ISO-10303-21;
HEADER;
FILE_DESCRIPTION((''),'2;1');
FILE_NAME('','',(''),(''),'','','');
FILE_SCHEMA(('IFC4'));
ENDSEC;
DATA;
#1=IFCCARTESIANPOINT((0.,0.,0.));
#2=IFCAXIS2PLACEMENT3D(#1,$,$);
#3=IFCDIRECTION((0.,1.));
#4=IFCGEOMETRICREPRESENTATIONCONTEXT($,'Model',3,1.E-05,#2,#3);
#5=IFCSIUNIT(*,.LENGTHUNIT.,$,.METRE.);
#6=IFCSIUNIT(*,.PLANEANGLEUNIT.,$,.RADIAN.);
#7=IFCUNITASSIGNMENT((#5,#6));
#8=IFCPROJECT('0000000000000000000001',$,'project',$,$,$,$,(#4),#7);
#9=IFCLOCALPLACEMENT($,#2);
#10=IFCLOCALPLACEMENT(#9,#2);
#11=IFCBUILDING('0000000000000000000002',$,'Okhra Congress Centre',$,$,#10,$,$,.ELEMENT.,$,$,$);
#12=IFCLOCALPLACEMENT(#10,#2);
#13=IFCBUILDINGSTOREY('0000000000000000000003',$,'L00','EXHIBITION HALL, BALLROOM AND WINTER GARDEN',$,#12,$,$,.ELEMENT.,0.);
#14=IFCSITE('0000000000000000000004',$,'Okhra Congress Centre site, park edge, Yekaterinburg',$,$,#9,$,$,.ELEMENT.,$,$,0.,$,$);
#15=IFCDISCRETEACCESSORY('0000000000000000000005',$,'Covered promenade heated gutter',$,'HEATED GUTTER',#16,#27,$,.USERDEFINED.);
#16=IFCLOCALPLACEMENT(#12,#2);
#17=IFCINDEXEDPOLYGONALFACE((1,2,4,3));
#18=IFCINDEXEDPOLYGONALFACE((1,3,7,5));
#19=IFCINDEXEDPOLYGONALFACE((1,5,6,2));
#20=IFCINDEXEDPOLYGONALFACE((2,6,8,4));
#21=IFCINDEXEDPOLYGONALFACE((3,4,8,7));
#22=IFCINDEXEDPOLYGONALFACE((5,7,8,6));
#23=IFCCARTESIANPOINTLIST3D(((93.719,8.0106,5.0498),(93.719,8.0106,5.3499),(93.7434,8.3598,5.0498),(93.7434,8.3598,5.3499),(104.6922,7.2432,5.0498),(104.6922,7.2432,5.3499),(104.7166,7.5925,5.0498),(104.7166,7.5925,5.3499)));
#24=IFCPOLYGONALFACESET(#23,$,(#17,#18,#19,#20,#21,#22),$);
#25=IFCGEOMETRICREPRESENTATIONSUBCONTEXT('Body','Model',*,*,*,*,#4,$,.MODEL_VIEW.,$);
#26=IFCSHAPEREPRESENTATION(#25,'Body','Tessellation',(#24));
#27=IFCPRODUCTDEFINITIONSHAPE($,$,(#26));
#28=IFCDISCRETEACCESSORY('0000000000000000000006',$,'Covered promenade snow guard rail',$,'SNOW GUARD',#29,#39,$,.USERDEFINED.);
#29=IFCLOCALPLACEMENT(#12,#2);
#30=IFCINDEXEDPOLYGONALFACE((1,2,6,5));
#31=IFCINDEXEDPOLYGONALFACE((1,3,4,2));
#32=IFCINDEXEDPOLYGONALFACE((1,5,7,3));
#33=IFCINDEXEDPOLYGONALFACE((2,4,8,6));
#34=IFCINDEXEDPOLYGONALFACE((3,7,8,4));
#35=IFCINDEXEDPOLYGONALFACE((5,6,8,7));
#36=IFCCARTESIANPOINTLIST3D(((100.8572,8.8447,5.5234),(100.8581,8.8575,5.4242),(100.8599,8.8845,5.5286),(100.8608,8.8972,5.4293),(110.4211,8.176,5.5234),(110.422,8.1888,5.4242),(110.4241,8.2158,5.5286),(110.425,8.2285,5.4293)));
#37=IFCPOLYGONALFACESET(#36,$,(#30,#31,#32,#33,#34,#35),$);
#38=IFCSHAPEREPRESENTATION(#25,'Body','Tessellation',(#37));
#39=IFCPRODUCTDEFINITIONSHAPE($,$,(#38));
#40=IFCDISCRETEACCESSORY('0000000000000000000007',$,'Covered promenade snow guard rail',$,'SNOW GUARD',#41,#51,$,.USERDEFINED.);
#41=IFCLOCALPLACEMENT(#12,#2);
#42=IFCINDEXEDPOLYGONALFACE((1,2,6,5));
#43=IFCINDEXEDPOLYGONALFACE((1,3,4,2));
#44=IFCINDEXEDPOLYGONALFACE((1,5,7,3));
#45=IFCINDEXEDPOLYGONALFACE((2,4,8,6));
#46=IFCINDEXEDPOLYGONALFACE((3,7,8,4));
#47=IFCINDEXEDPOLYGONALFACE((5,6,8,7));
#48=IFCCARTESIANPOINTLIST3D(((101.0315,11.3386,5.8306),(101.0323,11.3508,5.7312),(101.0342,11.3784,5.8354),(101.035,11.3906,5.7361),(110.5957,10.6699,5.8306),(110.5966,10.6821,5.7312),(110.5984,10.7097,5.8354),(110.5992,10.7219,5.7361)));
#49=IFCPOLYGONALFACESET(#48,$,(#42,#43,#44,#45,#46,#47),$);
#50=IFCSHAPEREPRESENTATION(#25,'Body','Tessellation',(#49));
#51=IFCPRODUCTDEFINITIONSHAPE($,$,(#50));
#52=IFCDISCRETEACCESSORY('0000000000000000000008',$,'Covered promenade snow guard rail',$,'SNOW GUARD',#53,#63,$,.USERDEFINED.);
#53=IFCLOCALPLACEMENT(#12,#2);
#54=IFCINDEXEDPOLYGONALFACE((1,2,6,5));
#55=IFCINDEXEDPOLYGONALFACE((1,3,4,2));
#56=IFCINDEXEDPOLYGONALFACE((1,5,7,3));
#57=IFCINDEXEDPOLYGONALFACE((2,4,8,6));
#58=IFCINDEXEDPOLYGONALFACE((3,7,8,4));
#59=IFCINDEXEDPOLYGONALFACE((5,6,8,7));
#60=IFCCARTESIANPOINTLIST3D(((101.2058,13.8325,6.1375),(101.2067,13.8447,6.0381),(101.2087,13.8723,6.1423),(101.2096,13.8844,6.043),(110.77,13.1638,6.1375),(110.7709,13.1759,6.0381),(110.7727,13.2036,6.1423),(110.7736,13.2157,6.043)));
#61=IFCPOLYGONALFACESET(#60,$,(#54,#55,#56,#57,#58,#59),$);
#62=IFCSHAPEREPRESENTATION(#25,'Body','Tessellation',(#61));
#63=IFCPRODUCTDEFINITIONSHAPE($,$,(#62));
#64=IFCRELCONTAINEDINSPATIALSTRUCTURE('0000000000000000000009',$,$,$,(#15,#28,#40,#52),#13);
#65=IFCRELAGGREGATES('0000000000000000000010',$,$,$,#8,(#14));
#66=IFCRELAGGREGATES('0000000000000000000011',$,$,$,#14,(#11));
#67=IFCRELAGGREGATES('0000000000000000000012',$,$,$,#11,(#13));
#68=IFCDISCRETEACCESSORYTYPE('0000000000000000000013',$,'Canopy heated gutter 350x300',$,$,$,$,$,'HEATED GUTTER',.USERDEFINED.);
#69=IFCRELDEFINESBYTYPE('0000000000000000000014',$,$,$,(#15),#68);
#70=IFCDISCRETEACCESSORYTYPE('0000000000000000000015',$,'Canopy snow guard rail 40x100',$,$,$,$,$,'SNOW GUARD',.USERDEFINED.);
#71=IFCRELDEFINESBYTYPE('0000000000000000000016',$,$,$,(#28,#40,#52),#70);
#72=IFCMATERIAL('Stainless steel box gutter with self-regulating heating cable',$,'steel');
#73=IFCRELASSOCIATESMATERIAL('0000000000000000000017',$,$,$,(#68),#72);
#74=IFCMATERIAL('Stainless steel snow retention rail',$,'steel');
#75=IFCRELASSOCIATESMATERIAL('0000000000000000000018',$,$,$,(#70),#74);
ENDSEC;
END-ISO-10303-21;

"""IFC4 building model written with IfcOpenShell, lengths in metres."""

from ifc_helpers import new_model, si_unit, direction, frame, origin, origin_2d, place, context, subcontext, project, spatial, polyline, rectangle, outline, extrude, material, type_object, element, save


model = new_model("IFC4")

# Units and contexts
model_context = context("Model", 3, precision=1e-05, world=origin(), true_north=direction((0.0, 1.0)))
body_context = subcontext(model_context, "Body", "Model", "MODEL_VIEW")
ifc_project = project(units=[si_unit("LENGTHUNIT", "METRE"), si_unit("PLANEANGLEUNIT", "RADIAN")], contexts=[model_context])

# Site, building, storey
site_placement = place(None, origin())
site = spatial("IfcSite", under=ifc_project, at=site_placement, Name="Okhra Congress Centre site, park edge, Yekaterinburg", CompositionType="ELEMENT", RefElevation=0.0)
building_placement = place(site_placement, origin())
building = spatial("IfcBuilding", under=site, at=building_placement, Name="Okhra Congress Centre", CompositionType="ELEMENT")
storey_placement = place(building_placement, origin())
storey = spatial("IfcBuildingStorey", under=building, at=storey_placement, Name="L00", Description="EXHIBITION HALL, BALLROOM AND WINTER GARDEN", CompositionType="ELEMENT", Elevation=0.0)

# Discrete accessories
ifc_material_1 = material(Name="Stainless steel box gutter with self-regulating heating cable", Category="steel")
discrete_accessory_type_1 = type_object("IfcDiscreteAccessoryType", Name="Canopy heated gutter 350x300", ElementType="HEATED GUTTER", PredefinedType="USERDEFINED", material=ifc_material_1)
discrete_accessory_1_placement = place(storey_placement, frame((99.2178, 7.8015, 5.0498), z_axis=(0.0, 0.0, 1.0), x_axis=(0.997564, -0.069756, 0.0)))
element("IfcDiscreteAccessory", 1, at=discrete_accessory_1_placement, inside=storey, type_object=discrete_accessory_type_1, Name="Covered promenade heated gutter", ObjectType="HEATED GUTTER", PredefinedType="USERDEFINED", context=body_context, shape_type="SweptSolid", body=[
    extrude(rectangle(XDim=11.0, YDim=0.3501, at=origin_2d()), origin(), (0.0, 0.0, 1.0), 0.3),
])
ifc_material_2 = material(Name="Stainless steel snow retention rail", Category="steel")
discrete_accessory_type_2 = type_object("IfcDiscreteAccessoryType", Name="Canopy snow guard rail 40x100", ElementType="SNOW GUARD", PredefinedType="USERDEFINED", material=ifc_material_2)
discrete_accessory_2_placement = place(storey_placement, frame((100.8572, 8.8447, 5.5234), z_axis=(-0.00889, -0.127156, 0.991843), x_axis=(0.997565, -0.069749, 0.0)))
element("IfcDiscreteAccessory", 2, at=discrete_accessory_2_placement, inside=storey, type_object=discrete_accessory_type_2, Name="Covered promenade snow guard rail", ObjectType="SNOW GUARD", PredefinedType="USERDEFINED", context=body_context, shape_type="SweptSolid", body=[
    extrude(outline(polyline([(0.0, 0.0), (9.5873, 0.0), (9.5875, 0.0402), (-0.0001, 0.0402), (0.0, 0.0)])), origin(), (0.0, 0.0, -1.0), 0.1001),
])
discrete_accessory_3_placement = place(storey_placement, frame((101.0315, 11.3386, 5.8306), z_axis=(-0.008475, -0.121218, 0.99259), x_axis=(0.997565, -0.069747, 0.0)))
element("IfcDiscreteAccessory", 3, at=discrete_accessory_3_placement, inside=storey, type_object=discrete_accessory_type_2, Name="Covered promenade snow guard rail", ObjectType="SNOW GUARD", PredefinedType="USERDEFINED", context=body_context, shape_type="SweptSolid", body=[
    extrude(outline(polyline([(0.0, 0.0), (9.5876, 0.0), (9.5875, 0.0402), (-0.0001, 0.0402), (0.0, 0.0)])), origin(), (0.0, 0.0, -1.0), 0.1001),
])
discrete_accessory_4_placement = place(storey_placement, frame((101.2058, 13.8325, 6.1375), z_axis=(-0.008474, -0.121193, 0.992593), x_axis=(0.997565, -0.069747, 0.0)))
element("IfcDiscreteAccessory", 4, at=discrete_accessory_4_placement, inside=storey, type_object=discrete_accessory_type_2, Name="Covered promenade snow guard rail", ObjectType="SNOW GUARD", PredefinedType="USERDEFINED", context=body_context, shape_type="SweptSolid", body=[
    extrude(outline(polyline([(0.0, 0.0), (9.5876, 0.0), (9.5875, 0.0402), (0.0001, 0.0402), (0.0, 0.0)])), origin(), (0.0, 0.0, -1.0), 0.1001),
])

save(model, "model.ifc")
